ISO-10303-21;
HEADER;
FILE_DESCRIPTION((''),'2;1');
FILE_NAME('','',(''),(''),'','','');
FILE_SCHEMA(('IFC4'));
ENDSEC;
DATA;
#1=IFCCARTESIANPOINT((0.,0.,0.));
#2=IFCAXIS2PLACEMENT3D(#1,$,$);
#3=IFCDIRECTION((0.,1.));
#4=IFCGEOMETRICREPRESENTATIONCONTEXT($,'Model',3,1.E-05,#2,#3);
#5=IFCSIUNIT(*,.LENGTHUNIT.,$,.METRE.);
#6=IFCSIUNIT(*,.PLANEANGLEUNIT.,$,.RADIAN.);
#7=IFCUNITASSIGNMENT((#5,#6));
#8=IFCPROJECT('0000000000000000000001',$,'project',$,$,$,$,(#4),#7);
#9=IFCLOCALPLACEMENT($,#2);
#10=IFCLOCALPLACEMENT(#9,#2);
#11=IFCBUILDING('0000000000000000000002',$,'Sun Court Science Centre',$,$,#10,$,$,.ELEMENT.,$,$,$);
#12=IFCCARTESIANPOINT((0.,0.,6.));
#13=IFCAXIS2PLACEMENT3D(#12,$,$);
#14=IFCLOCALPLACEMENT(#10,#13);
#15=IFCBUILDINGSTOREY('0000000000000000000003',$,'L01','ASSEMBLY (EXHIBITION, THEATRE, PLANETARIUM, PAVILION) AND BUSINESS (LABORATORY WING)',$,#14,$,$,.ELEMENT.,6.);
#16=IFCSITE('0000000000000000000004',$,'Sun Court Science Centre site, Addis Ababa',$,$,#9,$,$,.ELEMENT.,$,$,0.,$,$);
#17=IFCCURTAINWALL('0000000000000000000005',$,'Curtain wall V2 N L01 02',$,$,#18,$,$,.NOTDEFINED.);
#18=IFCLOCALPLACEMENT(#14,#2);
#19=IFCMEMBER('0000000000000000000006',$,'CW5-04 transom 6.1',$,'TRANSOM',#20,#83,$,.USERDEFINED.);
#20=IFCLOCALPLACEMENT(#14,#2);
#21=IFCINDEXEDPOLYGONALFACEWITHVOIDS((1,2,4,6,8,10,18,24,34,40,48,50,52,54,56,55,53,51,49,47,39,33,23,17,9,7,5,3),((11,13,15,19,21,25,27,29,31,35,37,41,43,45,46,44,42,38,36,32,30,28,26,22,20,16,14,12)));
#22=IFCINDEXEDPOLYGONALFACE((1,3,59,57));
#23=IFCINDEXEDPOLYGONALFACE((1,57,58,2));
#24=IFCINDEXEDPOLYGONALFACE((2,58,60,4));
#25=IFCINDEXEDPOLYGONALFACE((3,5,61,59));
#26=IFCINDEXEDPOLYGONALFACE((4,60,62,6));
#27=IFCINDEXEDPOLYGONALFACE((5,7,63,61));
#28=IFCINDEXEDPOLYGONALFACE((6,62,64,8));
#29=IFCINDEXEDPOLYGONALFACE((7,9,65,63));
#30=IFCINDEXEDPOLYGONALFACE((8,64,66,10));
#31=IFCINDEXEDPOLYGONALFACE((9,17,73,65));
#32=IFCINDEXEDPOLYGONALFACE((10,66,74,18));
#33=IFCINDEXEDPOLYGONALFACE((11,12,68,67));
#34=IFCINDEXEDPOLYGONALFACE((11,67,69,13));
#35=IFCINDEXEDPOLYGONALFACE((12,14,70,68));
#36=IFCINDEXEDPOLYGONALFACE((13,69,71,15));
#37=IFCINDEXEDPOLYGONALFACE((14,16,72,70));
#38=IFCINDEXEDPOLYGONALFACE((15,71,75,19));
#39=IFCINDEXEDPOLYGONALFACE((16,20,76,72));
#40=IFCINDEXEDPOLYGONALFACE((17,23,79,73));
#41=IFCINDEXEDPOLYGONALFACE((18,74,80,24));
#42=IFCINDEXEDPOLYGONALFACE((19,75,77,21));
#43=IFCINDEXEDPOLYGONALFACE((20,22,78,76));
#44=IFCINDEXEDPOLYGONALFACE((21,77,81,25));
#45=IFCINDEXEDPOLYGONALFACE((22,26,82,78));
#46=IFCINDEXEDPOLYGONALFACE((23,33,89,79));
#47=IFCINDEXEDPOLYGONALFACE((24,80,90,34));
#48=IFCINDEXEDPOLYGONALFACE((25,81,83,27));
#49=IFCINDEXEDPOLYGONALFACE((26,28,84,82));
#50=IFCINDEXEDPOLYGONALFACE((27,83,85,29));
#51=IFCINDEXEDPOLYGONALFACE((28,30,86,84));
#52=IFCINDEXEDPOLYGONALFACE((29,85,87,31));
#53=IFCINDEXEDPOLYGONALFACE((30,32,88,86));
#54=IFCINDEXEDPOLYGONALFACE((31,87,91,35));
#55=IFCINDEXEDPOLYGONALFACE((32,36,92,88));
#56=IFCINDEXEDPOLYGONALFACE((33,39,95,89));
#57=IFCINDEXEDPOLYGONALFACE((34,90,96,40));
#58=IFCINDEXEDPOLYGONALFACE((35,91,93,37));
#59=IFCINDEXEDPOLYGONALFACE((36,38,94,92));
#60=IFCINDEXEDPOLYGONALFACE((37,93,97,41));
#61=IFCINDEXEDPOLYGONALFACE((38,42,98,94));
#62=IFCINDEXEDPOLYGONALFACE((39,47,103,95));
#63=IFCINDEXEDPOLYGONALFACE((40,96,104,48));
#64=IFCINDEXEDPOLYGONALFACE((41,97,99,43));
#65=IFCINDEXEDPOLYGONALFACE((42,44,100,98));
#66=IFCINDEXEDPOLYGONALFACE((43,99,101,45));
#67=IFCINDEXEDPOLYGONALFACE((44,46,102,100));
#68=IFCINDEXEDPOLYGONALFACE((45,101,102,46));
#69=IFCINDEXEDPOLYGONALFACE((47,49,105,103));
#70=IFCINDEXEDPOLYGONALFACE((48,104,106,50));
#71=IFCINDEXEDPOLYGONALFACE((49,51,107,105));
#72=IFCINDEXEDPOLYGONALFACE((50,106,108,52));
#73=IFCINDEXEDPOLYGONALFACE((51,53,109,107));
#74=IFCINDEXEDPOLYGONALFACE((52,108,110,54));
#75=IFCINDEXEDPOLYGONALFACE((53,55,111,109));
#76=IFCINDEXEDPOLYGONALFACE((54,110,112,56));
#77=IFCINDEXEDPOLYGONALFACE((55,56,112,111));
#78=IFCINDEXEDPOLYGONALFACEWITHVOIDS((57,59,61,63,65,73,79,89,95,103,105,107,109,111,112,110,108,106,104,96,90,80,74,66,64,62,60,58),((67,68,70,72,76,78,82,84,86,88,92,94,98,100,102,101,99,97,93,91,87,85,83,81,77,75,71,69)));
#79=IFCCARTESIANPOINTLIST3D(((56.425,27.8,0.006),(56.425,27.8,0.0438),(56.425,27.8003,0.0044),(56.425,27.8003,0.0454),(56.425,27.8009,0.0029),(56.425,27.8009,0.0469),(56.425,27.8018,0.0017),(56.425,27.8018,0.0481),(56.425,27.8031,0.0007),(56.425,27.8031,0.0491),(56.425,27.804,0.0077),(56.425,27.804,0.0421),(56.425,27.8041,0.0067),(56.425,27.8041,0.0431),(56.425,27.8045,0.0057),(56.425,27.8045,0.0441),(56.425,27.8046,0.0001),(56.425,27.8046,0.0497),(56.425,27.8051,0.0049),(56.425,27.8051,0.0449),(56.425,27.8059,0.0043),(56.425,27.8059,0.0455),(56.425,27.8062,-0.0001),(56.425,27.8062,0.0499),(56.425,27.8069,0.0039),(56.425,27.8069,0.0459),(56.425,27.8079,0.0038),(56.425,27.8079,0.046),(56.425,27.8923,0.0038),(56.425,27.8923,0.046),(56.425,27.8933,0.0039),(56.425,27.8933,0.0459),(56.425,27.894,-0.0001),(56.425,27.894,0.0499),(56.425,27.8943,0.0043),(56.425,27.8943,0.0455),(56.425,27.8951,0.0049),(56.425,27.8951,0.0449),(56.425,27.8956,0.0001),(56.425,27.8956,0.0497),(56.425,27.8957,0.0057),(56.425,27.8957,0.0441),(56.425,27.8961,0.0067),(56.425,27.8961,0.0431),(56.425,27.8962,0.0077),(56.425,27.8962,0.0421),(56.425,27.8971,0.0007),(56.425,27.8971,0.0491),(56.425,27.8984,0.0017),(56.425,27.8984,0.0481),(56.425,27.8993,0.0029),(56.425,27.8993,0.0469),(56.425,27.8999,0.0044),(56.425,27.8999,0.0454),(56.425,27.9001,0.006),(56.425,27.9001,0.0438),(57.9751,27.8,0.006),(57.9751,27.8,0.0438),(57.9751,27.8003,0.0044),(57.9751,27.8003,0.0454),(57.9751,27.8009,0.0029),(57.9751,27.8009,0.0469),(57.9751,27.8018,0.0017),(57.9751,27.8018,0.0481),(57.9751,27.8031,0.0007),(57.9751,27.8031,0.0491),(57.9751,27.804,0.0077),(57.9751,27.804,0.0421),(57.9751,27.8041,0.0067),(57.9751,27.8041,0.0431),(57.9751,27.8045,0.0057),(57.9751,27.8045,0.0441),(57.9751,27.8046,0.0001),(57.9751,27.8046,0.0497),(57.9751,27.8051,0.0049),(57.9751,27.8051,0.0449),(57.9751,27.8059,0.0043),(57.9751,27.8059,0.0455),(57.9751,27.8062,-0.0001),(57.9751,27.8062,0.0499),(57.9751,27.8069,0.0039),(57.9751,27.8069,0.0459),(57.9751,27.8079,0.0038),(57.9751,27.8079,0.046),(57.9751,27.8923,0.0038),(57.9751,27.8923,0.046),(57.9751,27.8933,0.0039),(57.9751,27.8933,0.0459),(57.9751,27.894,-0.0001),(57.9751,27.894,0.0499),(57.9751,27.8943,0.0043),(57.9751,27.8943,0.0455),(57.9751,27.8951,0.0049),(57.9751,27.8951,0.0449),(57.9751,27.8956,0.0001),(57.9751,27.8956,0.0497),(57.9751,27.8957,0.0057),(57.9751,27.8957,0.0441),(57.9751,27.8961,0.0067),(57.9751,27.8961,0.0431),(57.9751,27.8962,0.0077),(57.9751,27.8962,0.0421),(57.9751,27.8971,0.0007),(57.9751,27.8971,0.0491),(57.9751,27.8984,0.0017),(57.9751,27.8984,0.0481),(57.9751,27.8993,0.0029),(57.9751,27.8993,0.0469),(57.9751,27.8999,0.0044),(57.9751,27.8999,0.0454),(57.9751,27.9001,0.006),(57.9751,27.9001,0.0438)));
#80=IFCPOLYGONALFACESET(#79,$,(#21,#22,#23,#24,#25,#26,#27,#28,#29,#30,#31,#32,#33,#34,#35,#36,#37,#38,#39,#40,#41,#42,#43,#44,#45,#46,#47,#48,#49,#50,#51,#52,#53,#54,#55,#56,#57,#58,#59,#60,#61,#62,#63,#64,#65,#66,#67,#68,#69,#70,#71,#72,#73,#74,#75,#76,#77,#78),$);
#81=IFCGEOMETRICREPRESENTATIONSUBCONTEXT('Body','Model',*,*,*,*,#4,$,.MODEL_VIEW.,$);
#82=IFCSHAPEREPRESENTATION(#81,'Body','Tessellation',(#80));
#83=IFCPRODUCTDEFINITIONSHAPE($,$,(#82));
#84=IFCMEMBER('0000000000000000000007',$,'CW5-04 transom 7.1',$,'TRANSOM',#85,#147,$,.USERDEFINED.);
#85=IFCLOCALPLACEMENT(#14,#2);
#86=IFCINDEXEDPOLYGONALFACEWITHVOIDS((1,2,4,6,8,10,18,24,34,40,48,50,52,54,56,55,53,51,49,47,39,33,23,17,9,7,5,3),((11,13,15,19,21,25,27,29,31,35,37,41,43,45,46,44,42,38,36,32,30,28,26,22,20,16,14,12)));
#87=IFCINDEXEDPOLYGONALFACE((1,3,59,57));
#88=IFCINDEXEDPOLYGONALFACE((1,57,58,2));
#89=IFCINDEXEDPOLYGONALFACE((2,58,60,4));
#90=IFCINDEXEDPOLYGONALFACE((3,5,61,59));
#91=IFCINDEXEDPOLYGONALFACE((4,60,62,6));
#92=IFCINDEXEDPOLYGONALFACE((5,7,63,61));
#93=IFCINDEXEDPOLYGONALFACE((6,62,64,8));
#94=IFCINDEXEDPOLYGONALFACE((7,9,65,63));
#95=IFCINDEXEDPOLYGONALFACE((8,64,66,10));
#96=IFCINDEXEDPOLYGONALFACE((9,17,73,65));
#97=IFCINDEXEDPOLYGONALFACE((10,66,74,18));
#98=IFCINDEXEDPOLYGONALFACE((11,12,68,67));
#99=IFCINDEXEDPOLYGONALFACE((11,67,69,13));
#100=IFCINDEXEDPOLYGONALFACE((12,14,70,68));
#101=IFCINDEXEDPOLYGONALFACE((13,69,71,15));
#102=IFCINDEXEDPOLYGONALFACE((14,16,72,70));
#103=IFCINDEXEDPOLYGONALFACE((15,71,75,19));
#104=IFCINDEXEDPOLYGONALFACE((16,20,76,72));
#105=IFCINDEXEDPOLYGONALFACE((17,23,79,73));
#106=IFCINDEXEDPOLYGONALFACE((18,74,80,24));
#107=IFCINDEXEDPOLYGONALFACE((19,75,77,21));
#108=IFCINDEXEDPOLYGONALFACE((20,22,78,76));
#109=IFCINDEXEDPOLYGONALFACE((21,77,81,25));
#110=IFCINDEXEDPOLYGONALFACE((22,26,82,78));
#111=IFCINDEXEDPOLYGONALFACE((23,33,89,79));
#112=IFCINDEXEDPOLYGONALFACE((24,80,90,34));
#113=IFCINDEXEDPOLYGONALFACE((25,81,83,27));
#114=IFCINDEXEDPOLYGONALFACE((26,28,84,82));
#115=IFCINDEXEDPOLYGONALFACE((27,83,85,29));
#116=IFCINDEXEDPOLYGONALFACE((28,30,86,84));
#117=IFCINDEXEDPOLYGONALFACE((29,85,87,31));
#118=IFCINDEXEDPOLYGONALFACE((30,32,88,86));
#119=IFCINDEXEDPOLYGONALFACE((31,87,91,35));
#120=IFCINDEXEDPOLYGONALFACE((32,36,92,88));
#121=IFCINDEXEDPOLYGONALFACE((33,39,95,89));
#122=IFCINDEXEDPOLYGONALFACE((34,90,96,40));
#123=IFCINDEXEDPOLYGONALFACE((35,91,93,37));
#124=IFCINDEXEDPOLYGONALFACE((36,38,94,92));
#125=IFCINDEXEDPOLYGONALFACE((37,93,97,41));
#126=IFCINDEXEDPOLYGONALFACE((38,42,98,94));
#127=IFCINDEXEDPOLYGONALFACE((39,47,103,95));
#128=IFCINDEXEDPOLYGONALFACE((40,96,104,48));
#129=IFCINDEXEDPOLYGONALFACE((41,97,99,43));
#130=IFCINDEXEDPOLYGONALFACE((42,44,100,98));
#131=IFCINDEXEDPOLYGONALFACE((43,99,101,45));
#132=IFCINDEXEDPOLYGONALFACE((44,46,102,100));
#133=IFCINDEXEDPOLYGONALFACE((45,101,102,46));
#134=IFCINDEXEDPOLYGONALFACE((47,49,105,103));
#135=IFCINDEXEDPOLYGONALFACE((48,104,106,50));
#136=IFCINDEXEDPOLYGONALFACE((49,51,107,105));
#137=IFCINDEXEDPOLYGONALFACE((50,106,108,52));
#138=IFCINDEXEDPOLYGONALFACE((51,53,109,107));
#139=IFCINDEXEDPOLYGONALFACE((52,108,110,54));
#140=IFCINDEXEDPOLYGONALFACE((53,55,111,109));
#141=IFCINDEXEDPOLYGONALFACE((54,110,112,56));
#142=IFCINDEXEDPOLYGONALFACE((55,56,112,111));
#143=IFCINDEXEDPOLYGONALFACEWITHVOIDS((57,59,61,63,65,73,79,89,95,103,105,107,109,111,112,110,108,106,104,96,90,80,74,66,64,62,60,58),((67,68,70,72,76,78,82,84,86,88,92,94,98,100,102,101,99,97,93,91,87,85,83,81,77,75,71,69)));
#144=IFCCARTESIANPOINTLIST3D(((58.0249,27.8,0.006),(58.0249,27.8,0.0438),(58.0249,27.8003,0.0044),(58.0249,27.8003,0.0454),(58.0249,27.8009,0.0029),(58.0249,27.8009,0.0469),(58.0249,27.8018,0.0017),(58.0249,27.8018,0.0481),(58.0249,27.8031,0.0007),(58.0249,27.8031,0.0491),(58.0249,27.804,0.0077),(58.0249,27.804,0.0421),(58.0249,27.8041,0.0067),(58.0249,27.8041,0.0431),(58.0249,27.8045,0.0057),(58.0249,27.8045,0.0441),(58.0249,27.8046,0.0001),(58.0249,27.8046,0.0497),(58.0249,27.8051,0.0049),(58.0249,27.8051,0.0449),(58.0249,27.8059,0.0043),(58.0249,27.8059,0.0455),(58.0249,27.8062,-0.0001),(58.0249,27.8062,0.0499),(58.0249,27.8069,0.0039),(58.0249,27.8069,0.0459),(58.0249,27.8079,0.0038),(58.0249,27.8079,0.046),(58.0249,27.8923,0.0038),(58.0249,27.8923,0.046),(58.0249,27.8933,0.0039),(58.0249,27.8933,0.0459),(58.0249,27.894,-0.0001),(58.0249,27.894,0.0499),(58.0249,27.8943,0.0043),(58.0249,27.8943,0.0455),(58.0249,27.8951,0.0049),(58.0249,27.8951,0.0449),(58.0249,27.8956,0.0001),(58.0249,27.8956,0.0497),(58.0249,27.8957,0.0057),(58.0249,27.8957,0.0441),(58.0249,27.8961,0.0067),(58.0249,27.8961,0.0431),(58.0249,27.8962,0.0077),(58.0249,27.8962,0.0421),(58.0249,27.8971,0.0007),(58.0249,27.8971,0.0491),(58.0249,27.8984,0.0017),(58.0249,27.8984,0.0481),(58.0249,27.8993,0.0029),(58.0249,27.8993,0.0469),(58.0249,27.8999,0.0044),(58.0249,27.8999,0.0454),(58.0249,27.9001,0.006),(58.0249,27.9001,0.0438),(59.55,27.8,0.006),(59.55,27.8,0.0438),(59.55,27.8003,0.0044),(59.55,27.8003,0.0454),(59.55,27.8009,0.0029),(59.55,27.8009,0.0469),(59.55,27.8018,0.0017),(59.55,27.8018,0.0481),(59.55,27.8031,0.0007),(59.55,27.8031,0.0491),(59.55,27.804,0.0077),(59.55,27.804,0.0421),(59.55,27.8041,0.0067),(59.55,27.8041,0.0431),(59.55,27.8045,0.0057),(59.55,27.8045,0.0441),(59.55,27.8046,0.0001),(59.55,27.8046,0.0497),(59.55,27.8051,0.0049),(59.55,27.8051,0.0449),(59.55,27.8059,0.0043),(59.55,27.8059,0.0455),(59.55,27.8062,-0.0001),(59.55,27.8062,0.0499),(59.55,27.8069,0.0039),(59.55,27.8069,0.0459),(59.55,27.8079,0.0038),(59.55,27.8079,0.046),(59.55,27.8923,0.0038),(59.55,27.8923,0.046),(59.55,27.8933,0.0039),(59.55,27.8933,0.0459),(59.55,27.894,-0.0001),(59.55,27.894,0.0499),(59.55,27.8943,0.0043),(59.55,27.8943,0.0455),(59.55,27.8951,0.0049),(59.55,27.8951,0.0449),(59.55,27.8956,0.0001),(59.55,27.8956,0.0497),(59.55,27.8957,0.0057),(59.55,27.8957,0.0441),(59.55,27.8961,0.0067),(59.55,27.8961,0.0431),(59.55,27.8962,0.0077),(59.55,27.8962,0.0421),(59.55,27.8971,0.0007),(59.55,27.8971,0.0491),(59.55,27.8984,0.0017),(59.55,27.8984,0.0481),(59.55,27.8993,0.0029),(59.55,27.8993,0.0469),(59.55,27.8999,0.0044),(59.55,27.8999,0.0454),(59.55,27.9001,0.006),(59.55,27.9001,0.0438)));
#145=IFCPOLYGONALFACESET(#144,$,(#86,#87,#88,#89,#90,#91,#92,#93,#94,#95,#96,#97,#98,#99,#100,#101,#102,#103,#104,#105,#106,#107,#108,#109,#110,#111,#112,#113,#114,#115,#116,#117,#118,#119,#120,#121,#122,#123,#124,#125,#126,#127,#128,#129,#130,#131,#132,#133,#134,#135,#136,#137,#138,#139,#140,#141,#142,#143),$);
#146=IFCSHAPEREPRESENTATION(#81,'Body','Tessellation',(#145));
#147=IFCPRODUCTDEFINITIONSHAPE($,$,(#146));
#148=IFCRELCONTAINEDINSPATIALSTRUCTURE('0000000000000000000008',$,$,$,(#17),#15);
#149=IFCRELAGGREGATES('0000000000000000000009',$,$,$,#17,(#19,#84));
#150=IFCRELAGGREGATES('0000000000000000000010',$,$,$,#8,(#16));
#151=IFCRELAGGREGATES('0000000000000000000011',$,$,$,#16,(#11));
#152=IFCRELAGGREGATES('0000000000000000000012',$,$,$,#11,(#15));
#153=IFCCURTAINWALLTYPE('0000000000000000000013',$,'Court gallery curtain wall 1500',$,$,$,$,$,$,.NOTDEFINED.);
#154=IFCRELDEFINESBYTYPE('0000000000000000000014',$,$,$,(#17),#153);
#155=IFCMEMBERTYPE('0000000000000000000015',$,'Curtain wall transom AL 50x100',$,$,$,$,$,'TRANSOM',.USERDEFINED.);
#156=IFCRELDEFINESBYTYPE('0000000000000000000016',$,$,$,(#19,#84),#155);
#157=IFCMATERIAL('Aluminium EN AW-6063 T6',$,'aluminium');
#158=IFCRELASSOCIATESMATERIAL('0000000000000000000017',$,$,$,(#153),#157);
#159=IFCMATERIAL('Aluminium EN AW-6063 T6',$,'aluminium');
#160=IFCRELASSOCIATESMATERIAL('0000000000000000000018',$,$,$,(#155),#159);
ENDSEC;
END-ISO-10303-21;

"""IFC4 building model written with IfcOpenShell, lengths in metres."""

from ifc_helpers import new_model, si_unit, direction, frame, origin, origin_2d, place, context, subcontext, project, spatial, hollow_rectangle, extrude, material, material_profile, profile_set, type_object, element, aggregate, save


model = new_model("IFC4")

# Units and contexts
model_context = context("Model", 3, precision=1e-05, world=origin(), true_north=direction((0.0, 1.0)))
body_context = subcontext(model_context, "Body", "Model", "MODEL_VIEW")
ifc_project = project(units=[si_unit("LENGTHUNIT", "METRE"), si_unit("PLANEANGLEUNIT", "RADIAN")], contexts=[model_context])

# Site, building, storey
site_placement = place(None, origin())
site = spatial("IfcSite", under=ifc_project, at=site_placement, Name="Sun Court Science Centre site, Addis Ababa", CompositionType="ELEMENT", RefElevation=0.0)
building_placement = place(site_placement, origin())
building = spatial("IfcBuilding", under=site, at=building_placement, Name="Sun Court Science Centre", CompositionType="ELEMENT")
storey_placement = place(building_placement, frame((0.0, 0.0, 6.0)))
storey = spatial("IfcBuildingStorey", under=building, at=storey_placement, Name="L01", Description="ASSEMBLY (EXHIBITION, THEATRE, PLANETARIUM, PAVILION) AND BUSINESS (LABORATORY WING)", CompositionType="ELEMENT", Elevation=6.0)

# Curtain wall, members
ifc_material_1 = material(Name="Aluminium EN AW-6063 T6", Category="aluminium")
curtain_wall_type = type_object("IfcCurtainWallType", Name="Court gallery curtain wall 1500", PredefinedType="NOTDEFINED", material=ifc_material_1)
curtain_wall_placement = place(storey_placement, origin())
curtain_wall = element("IfcCurtainWall", 1, at=curtain_wall_placement, inside=storey, type_object=curtain_wall_type, Name="Curtain wall V2 N L01 02", PredefinedType="NOTDEFINED")
ifc_material_2 = material(Name="Aluminium EN AW-6063 T6", Category="aluminium")
ifc_material_profile_1 = material_profile(ifc_material_2, hollow_rectangle(XDim=0.05, YDim=0.1001, WallThickness=0.0039, InnerFilletRadius=0.0039, OuterFilletRadius=0.0061, at=origin_2d()), Name="AL 50x100x4")
ifc_profile_set_1 = profile_set([ifc_material_profile_1], Name="Aluminium EN AW-6063 T6")
member_type_1 = type_object("IfcMemberType", Name="Curtain wall transom AL 50x100", ElementType="TRANSOM", PredefinedType="USERDEFINED", material=ifc_profile_set_1)
member_1_placement = place(storey_placement, frame((56.425, 27.8501, 0.0249), z_axis=(1.0, 0.0, 0.0), x_axis=(0.0, 0.0, 1.0)))
member_1 = element("IfcMember", 2, at=member_1_placement, type_object=member_type_1, Name="CW5-04 transom 6.1", ObjectType="TRANSOM", PredefinedType="USERDEFINED", context=body_context, shape_type="SweptSolid", body=[
    extrude(hollow_rectangle(XDim=0.05, YDim=0.1001, WallThickness=0.0039, InnerFilletRadius=0.0039, OuterFilletRadius=0.0061, at=origin_2d()), origin(), (0.0, 0.0, 1.0), 1.55),
])
member_2_placement = place(storey_placement, frame((58.0249, 27.8501, 0.0249), z_axis=(1.0, 0.0, 0.0), x_axis=(0.0, 0.0, 1.0)))
member_2 = element("IfcMember", 3, at=member_2_placement, type_object=member_type_1, Name="CW5-04 transom 7.1", ObjectType="TRANSOM", PredefinedType="USERDEFINED", context=body_context, shape_type="SweptSolid", body=[
    extrude(hollow_rectangle(XDim=0.05, YDim=0.1001, WallThickness=0.0039, InnerFilletRadius=0.0039, OuterFilletRadius=0.0061, at=origin_2d()), origin(), (0.0, 0.0, 1.0), 1.5251),
])

aggregate(curtain_wall, [member_1, member_2])

save(model, "model.ifc")
